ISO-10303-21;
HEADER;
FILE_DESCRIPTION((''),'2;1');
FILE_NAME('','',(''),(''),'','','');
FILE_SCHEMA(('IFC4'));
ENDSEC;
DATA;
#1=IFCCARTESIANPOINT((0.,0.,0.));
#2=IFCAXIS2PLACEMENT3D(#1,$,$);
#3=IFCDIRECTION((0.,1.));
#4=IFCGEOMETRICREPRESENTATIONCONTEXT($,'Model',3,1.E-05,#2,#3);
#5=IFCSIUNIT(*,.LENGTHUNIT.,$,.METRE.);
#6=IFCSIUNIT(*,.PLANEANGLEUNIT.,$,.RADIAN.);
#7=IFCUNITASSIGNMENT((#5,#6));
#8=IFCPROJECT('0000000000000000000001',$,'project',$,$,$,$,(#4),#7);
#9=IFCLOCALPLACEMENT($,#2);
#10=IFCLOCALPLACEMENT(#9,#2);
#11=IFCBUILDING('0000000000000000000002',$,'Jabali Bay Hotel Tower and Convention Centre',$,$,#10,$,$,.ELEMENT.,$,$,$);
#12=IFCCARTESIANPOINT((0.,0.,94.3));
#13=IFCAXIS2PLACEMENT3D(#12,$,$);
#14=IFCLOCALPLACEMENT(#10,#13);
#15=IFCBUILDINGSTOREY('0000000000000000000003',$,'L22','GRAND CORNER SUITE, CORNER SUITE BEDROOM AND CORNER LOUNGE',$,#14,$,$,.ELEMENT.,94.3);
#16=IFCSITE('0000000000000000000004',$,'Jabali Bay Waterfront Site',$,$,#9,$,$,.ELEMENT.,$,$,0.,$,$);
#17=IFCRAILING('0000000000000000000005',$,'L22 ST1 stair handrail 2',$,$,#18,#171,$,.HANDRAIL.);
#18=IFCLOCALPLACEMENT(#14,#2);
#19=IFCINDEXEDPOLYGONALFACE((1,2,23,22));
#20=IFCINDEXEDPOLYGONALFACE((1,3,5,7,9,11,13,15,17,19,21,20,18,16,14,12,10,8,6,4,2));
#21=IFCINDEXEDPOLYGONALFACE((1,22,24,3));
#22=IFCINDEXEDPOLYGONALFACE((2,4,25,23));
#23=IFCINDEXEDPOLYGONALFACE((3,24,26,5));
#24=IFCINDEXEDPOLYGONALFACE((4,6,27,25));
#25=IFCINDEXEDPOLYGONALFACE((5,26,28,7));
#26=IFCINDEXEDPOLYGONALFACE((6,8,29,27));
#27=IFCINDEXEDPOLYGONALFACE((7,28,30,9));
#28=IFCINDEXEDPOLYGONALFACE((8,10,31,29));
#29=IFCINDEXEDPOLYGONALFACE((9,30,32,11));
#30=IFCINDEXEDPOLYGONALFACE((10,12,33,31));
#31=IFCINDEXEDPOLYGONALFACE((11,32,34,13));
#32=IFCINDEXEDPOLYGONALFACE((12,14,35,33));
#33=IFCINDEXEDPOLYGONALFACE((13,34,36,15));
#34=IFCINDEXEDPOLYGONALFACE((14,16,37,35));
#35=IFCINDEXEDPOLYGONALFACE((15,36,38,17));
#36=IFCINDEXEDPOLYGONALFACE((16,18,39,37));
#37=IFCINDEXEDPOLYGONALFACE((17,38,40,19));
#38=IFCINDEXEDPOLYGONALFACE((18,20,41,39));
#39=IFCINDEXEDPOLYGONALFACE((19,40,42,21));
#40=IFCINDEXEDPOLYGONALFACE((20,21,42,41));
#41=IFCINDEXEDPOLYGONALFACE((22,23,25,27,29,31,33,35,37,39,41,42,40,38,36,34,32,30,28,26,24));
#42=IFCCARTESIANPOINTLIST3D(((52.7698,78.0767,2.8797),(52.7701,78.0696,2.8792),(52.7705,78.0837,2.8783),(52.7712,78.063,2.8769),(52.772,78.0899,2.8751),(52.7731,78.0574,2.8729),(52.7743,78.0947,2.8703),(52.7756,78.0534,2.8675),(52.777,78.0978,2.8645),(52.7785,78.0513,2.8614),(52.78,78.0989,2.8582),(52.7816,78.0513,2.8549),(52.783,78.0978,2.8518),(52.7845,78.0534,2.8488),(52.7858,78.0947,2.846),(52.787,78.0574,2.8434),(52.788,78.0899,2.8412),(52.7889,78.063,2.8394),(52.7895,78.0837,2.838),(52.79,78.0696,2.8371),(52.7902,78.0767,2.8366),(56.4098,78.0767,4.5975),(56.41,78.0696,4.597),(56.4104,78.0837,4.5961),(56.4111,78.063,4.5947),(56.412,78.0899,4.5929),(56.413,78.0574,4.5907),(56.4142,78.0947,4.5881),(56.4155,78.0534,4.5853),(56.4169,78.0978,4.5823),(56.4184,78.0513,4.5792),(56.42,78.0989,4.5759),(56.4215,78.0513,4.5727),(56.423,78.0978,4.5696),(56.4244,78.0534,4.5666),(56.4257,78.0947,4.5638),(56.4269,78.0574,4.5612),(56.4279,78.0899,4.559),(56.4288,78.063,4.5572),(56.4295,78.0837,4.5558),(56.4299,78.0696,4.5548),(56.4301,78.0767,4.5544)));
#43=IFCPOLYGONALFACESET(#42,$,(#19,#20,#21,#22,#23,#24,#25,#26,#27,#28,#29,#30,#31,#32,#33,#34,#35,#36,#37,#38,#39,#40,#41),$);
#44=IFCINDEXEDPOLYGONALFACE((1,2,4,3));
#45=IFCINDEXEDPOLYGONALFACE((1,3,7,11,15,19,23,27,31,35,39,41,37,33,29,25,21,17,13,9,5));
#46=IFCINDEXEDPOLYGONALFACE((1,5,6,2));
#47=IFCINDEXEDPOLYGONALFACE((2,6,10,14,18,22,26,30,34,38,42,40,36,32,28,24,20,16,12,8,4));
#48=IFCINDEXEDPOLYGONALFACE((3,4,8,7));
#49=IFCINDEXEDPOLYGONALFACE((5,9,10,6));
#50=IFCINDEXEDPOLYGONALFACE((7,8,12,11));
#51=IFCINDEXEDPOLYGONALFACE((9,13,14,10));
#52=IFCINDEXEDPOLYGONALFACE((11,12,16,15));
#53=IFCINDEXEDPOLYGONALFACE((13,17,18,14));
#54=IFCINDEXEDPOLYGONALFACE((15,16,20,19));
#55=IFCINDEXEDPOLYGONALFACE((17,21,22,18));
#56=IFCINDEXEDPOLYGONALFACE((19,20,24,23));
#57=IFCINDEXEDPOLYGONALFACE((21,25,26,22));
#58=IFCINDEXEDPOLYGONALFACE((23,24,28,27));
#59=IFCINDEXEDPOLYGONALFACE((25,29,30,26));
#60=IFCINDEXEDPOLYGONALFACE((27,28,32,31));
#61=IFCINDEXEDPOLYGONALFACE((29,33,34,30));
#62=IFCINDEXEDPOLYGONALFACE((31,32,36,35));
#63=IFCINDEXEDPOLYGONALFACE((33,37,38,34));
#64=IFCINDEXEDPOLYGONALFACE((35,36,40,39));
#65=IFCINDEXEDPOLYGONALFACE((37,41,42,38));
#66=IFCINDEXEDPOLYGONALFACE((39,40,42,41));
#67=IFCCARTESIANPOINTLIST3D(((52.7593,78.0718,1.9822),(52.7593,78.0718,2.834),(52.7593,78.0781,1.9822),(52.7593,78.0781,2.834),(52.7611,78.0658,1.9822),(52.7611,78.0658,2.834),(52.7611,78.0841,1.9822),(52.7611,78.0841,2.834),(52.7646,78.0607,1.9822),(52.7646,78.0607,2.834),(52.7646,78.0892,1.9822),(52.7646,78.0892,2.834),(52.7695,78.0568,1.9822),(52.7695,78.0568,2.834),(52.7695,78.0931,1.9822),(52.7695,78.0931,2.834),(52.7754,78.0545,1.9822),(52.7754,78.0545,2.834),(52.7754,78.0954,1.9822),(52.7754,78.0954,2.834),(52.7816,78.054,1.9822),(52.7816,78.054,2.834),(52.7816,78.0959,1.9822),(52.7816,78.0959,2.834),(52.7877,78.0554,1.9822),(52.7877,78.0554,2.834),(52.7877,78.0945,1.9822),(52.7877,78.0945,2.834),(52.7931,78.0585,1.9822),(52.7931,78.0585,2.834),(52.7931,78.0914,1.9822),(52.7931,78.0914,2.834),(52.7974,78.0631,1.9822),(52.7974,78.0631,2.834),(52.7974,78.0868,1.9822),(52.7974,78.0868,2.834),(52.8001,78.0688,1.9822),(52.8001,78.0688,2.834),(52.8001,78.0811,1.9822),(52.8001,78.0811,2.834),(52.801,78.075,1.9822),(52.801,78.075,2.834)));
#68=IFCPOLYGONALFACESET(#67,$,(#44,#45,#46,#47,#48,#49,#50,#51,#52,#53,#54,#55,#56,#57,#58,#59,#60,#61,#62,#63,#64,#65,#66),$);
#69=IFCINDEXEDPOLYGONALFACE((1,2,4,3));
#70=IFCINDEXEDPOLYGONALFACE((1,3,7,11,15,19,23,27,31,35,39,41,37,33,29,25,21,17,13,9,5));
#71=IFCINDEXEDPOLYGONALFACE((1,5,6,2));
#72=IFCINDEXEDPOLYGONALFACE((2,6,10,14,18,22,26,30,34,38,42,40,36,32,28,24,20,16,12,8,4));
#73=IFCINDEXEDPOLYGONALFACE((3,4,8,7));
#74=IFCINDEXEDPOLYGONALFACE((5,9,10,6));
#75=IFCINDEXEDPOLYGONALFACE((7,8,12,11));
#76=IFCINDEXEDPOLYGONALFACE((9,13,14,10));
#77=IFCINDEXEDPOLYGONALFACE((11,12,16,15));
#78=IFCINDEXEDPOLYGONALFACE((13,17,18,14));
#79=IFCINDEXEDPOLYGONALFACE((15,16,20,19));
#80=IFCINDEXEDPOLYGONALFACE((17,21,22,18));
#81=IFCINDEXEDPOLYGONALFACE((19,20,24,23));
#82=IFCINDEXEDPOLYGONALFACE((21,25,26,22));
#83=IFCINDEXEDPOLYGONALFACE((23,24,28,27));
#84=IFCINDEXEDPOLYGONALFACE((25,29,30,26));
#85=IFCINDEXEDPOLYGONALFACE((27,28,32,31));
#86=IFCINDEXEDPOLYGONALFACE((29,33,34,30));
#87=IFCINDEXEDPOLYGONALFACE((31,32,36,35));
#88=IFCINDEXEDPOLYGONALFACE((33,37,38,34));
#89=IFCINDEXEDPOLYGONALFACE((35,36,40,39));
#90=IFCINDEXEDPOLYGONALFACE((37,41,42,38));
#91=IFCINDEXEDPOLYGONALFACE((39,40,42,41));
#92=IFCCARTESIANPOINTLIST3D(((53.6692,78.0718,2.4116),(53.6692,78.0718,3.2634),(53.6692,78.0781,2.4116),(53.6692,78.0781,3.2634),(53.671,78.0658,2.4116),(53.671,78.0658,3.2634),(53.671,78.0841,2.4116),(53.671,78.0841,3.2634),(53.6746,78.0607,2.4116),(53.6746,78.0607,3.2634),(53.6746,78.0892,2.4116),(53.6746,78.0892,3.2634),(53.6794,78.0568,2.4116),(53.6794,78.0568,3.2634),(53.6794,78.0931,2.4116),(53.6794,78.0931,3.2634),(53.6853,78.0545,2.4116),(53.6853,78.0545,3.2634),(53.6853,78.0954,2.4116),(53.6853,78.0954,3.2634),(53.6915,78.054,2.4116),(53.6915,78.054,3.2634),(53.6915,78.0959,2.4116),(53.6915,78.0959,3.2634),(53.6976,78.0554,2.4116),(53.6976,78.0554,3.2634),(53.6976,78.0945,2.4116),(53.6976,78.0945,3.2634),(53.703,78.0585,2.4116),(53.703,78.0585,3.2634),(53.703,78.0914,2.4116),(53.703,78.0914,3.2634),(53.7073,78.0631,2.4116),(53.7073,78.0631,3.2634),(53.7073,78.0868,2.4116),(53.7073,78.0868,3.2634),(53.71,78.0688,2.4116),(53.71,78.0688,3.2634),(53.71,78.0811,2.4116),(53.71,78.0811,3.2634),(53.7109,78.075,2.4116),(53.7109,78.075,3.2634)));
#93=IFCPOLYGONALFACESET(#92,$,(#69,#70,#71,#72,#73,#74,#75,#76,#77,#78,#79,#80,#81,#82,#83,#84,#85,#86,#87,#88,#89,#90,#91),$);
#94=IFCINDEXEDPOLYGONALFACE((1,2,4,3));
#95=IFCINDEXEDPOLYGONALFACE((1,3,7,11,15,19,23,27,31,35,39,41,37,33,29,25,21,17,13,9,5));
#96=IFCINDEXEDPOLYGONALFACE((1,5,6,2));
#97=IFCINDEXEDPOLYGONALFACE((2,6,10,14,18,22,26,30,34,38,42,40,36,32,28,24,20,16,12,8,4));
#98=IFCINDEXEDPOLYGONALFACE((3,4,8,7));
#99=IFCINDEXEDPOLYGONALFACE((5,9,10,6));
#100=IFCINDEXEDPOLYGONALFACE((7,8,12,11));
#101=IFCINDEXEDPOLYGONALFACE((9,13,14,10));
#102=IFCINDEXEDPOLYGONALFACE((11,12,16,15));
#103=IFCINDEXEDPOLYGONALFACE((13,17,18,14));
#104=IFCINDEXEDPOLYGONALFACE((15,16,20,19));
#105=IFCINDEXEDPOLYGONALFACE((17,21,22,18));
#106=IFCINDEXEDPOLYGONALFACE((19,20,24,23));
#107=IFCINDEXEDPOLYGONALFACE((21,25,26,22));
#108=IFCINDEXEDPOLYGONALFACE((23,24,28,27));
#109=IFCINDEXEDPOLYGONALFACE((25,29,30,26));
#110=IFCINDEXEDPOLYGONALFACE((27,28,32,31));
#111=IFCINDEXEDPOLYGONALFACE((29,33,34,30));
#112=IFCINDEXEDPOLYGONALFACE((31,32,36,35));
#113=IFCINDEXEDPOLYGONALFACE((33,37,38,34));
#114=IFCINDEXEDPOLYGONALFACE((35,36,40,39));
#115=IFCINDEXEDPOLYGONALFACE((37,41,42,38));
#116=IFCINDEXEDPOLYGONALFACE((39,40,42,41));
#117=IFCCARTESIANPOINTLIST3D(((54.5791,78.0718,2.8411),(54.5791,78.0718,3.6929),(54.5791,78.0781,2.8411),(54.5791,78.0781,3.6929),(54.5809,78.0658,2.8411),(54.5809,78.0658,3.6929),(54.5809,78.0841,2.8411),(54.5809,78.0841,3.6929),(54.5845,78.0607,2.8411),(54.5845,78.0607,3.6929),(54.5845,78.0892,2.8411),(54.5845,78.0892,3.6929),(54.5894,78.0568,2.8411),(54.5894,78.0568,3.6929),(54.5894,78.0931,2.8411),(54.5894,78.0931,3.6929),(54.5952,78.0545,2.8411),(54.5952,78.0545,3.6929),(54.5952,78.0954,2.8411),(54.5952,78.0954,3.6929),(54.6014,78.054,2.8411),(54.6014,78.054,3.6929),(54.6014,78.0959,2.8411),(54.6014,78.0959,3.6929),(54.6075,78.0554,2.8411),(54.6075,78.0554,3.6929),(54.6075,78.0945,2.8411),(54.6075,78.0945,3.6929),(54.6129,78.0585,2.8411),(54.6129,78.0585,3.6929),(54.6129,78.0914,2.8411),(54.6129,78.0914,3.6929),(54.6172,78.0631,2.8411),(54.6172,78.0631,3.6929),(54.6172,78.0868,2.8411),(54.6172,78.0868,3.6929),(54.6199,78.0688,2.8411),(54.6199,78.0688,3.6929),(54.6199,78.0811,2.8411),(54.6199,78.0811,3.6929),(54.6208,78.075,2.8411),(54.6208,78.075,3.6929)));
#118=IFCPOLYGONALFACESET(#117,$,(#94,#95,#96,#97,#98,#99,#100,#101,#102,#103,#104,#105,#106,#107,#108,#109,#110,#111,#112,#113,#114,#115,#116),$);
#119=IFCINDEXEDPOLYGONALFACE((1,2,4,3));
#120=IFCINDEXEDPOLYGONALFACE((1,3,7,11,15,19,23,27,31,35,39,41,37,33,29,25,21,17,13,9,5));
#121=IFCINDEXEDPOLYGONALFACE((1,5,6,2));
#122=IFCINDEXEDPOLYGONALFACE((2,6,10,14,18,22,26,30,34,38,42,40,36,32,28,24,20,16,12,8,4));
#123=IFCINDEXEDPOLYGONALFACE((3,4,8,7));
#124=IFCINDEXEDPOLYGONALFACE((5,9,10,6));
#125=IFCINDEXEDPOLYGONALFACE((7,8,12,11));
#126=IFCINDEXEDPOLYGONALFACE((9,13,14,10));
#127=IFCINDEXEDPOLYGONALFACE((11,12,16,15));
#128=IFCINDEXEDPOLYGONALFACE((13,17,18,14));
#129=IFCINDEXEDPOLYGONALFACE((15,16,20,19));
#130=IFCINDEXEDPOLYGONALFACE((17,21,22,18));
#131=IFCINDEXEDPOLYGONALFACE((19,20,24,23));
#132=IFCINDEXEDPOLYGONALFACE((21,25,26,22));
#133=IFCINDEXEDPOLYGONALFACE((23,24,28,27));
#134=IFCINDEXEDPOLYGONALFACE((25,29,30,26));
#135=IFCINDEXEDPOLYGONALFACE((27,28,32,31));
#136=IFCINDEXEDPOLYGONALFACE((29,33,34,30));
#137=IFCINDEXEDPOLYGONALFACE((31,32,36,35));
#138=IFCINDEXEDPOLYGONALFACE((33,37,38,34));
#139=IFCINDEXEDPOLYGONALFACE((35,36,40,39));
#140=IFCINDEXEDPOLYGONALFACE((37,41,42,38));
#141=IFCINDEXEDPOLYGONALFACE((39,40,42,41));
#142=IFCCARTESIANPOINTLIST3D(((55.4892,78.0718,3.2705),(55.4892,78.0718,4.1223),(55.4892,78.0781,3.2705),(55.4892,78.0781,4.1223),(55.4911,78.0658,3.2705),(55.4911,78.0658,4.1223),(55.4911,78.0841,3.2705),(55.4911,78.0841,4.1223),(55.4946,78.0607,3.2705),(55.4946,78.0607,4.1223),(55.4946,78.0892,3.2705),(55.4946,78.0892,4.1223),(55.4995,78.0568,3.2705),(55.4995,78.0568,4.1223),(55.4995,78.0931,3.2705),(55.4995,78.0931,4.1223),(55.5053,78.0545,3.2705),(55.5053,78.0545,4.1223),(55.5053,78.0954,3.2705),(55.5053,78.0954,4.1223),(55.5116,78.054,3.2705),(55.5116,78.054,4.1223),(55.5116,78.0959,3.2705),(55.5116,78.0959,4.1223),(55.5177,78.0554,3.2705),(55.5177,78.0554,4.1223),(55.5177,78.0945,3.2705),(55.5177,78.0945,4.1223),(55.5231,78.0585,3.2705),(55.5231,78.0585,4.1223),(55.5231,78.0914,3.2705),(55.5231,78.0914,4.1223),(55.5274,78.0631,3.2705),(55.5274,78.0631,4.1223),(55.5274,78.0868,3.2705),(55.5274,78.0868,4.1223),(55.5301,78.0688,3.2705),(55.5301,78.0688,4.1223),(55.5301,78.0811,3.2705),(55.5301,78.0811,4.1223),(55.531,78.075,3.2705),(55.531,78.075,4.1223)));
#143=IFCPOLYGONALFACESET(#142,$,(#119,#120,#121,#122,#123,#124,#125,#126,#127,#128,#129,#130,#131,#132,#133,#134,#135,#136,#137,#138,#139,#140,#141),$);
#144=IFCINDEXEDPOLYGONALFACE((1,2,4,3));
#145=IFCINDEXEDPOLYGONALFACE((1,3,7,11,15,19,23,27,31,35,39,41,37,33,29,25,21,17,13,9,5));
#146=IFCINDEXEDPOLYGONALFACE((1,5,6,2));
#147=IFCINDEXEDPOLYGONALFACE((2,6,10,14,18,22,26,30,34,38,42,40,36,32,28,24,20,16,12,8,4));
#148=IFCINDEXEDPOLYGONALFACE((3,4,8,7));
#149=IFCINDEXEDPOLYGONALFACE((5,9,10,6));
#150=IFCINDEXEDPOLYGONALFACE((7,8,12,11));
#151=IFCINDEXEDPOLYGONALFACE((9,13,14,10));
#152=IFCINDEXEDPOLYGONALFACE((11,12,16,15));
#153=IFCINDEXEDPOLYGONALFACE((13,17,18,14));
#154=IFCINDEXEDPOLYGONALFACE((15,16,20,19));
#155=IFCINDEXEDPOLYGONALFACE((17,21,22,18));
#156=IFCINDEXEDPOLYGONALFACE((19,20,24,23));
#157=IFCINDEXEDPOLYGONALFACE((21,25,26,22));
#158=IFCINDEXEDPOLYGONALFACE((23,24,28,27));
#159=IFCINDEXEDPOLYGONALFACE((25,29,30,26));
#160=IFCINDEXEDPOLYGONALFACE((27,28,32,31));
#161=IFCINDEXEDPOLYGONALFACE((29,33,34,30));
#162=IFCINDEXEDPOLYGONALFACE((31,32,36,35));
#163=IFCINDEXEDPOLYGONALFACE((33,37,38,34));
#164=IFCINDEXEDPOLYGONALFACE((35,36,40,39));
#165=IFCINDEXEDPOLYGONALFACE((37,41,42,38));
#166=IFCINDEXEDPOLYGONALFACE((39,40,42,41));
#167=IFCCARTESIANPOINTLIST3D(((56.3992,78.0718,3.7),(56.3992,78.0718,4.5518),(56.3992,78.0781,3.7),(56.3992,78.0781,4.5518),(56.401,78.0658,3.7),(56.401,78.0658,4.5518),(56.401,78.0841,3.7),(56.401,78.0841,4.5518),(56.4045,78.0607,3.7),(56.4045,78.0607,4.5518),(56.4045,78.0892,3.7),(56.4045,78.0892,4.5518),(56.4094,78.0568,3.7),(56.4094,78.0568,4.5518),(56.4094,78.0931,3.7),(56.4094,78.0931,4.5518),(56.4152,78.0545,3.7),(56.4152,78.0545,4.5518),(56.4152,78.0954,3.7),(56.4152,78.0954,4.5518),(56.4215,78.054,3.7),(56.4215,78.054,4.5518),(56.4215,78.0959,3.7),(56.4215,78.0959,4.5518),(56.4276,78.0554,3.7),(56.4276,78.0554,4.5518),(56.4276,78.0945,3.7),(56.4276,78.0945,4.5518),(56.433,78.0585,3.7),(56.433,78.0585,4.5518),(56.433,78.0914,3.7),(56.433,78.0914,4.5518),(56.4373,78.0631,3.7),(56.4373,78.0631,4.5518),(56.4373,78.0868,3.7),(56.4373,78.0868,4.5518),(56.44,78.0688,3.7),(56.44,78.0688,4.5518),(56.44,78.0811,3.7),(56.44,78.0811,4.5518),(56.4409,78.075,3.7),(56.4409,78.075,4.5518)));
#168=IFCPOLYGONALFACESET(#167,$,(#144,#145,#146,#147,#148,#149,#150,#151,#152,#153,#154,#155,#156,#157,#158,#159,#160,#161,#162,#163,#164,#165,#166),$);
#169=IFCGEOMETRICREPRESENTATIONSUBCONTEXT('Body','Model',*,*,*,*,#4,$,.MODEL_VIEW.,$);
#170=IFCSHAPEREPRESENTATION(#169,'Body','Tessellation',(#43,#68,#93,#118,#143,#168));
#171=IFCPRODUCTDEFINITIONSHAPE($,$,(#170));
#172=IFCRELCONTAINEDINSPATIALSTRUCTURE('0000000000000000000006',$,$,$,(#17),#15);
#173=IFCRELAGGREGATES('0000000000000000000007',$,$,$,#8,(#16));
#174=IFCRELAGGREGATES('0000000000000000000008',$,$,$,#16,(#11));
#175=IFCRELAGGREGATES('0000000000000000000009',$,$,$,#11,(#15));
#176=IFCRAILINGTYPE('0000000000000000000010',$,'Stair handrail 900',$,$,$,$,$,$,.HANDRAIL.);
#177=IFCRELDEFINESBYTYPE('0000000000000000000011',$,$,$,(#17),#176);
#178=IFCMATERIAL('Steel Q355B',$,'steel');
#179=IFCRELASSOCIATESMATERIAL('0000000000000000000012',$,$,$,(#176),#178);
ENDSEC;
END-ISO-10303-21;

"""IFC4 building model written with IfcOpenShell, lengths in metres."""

from ifc_helpers import new_model, si_unit, direction, frame, origin, origin_2d, place, context, subcontext, project, spatial, circle, extrude, material, type_object, element, save


model = new_model("IFC4")

# Units and contexts
model_context = context("Model", 3, precision=1e-05, world=origin(), true_north=direction((0.0, 1.0)))
body_context = subcontext(model_context, "Body", "Model", "MODEL_VIEW")
ifc_project = project(units=[si_unit("LENGTHUNIT", "METRE"), si_unit("PLANEANGLEUNIT", "RADIAN")], contexts=[model_context])

# Site, building, storey
site_placement = place(None, origin())
site = spatial("IfcSite", under=ifc_project, at=site_placement, Name="Jabali Bay Waterfront Site", CompositionType="ELEMENT", RefElevation=0.0)
building_placement = place(site_placement, origin())
building = spatial("IfcBuilding", under=site, at=building_placement, Name="Jabali Bay Hotel Tower and Convention Centre", CompositionType="ELEMENT")
storey_placement = place(building_placement, frame((0.0, 0.0, 94.3)))
storey = spatial("IfcBuildingStorey", under=building, at=storey_placement, Name="L22", Description="GRAND CORNER SUITE, CORNER SUITE BEDROOM AND CORNER LOUNGE", CompositionType="ELEMENT", Elevation=94.3)

# Railing
ifc_material_1 = material(Name="Steel Q355B", Category="steel")
railing_type = type_object("IfcRailingType", Name="Stair handrail 900", PredefinedType="HANDRAIL", material=ifc_material_1)
railing_placement = place(storey_placement, frame((52.78, 78.075, 1.9822)))
element("IfcRailing", 1, at=railing_placement, inside=storey, type_object=railing_type, Name="L22 ST1 stair handrail 2", PredefinedType="HANDRAIL", context=body_context, shape_type="SweptSolid", body=[
    extrude(circle(Radius=0.0239, at=origin_2d()), frame((0.0, 0.0, 0.876), z_axis=(0.904351, 0.0, 0.42679), x_axis=(0.0, 1.0, 0.0)), (0.0, 0.0, 1.0), 4.0249),
    extrude(circle(Radius=0.021, at=origin_2d()), origin(), (0.0, 0.0, 1.0), 0.8518),
    extrude(circle(Radius=0.021, at=origin_2d()), frame((0.9099, 0.0, 0.4294)), (0.0, 0.0, 1.0), 0.8518),
    extrude(circle(Radius=0.021, at=origin_2d()), frame((1.8198, 0.0, 0.8589)), (0.0, 0.0, 1.0), 0.8518),
    extrude(circle(Radius=0.021, at=origin_2d()), frame((2.73, 0.0, 1.2883)), (0.0, 0.0, 1.0), 0.8518),
    extrude(circle(Radius=0.021, at=origin_2d()), frame((3.6399, 0.0, 1.7178)), (0.0, 0.0, 1.0), 0.8518),
])

save(model, "model.ifc")
